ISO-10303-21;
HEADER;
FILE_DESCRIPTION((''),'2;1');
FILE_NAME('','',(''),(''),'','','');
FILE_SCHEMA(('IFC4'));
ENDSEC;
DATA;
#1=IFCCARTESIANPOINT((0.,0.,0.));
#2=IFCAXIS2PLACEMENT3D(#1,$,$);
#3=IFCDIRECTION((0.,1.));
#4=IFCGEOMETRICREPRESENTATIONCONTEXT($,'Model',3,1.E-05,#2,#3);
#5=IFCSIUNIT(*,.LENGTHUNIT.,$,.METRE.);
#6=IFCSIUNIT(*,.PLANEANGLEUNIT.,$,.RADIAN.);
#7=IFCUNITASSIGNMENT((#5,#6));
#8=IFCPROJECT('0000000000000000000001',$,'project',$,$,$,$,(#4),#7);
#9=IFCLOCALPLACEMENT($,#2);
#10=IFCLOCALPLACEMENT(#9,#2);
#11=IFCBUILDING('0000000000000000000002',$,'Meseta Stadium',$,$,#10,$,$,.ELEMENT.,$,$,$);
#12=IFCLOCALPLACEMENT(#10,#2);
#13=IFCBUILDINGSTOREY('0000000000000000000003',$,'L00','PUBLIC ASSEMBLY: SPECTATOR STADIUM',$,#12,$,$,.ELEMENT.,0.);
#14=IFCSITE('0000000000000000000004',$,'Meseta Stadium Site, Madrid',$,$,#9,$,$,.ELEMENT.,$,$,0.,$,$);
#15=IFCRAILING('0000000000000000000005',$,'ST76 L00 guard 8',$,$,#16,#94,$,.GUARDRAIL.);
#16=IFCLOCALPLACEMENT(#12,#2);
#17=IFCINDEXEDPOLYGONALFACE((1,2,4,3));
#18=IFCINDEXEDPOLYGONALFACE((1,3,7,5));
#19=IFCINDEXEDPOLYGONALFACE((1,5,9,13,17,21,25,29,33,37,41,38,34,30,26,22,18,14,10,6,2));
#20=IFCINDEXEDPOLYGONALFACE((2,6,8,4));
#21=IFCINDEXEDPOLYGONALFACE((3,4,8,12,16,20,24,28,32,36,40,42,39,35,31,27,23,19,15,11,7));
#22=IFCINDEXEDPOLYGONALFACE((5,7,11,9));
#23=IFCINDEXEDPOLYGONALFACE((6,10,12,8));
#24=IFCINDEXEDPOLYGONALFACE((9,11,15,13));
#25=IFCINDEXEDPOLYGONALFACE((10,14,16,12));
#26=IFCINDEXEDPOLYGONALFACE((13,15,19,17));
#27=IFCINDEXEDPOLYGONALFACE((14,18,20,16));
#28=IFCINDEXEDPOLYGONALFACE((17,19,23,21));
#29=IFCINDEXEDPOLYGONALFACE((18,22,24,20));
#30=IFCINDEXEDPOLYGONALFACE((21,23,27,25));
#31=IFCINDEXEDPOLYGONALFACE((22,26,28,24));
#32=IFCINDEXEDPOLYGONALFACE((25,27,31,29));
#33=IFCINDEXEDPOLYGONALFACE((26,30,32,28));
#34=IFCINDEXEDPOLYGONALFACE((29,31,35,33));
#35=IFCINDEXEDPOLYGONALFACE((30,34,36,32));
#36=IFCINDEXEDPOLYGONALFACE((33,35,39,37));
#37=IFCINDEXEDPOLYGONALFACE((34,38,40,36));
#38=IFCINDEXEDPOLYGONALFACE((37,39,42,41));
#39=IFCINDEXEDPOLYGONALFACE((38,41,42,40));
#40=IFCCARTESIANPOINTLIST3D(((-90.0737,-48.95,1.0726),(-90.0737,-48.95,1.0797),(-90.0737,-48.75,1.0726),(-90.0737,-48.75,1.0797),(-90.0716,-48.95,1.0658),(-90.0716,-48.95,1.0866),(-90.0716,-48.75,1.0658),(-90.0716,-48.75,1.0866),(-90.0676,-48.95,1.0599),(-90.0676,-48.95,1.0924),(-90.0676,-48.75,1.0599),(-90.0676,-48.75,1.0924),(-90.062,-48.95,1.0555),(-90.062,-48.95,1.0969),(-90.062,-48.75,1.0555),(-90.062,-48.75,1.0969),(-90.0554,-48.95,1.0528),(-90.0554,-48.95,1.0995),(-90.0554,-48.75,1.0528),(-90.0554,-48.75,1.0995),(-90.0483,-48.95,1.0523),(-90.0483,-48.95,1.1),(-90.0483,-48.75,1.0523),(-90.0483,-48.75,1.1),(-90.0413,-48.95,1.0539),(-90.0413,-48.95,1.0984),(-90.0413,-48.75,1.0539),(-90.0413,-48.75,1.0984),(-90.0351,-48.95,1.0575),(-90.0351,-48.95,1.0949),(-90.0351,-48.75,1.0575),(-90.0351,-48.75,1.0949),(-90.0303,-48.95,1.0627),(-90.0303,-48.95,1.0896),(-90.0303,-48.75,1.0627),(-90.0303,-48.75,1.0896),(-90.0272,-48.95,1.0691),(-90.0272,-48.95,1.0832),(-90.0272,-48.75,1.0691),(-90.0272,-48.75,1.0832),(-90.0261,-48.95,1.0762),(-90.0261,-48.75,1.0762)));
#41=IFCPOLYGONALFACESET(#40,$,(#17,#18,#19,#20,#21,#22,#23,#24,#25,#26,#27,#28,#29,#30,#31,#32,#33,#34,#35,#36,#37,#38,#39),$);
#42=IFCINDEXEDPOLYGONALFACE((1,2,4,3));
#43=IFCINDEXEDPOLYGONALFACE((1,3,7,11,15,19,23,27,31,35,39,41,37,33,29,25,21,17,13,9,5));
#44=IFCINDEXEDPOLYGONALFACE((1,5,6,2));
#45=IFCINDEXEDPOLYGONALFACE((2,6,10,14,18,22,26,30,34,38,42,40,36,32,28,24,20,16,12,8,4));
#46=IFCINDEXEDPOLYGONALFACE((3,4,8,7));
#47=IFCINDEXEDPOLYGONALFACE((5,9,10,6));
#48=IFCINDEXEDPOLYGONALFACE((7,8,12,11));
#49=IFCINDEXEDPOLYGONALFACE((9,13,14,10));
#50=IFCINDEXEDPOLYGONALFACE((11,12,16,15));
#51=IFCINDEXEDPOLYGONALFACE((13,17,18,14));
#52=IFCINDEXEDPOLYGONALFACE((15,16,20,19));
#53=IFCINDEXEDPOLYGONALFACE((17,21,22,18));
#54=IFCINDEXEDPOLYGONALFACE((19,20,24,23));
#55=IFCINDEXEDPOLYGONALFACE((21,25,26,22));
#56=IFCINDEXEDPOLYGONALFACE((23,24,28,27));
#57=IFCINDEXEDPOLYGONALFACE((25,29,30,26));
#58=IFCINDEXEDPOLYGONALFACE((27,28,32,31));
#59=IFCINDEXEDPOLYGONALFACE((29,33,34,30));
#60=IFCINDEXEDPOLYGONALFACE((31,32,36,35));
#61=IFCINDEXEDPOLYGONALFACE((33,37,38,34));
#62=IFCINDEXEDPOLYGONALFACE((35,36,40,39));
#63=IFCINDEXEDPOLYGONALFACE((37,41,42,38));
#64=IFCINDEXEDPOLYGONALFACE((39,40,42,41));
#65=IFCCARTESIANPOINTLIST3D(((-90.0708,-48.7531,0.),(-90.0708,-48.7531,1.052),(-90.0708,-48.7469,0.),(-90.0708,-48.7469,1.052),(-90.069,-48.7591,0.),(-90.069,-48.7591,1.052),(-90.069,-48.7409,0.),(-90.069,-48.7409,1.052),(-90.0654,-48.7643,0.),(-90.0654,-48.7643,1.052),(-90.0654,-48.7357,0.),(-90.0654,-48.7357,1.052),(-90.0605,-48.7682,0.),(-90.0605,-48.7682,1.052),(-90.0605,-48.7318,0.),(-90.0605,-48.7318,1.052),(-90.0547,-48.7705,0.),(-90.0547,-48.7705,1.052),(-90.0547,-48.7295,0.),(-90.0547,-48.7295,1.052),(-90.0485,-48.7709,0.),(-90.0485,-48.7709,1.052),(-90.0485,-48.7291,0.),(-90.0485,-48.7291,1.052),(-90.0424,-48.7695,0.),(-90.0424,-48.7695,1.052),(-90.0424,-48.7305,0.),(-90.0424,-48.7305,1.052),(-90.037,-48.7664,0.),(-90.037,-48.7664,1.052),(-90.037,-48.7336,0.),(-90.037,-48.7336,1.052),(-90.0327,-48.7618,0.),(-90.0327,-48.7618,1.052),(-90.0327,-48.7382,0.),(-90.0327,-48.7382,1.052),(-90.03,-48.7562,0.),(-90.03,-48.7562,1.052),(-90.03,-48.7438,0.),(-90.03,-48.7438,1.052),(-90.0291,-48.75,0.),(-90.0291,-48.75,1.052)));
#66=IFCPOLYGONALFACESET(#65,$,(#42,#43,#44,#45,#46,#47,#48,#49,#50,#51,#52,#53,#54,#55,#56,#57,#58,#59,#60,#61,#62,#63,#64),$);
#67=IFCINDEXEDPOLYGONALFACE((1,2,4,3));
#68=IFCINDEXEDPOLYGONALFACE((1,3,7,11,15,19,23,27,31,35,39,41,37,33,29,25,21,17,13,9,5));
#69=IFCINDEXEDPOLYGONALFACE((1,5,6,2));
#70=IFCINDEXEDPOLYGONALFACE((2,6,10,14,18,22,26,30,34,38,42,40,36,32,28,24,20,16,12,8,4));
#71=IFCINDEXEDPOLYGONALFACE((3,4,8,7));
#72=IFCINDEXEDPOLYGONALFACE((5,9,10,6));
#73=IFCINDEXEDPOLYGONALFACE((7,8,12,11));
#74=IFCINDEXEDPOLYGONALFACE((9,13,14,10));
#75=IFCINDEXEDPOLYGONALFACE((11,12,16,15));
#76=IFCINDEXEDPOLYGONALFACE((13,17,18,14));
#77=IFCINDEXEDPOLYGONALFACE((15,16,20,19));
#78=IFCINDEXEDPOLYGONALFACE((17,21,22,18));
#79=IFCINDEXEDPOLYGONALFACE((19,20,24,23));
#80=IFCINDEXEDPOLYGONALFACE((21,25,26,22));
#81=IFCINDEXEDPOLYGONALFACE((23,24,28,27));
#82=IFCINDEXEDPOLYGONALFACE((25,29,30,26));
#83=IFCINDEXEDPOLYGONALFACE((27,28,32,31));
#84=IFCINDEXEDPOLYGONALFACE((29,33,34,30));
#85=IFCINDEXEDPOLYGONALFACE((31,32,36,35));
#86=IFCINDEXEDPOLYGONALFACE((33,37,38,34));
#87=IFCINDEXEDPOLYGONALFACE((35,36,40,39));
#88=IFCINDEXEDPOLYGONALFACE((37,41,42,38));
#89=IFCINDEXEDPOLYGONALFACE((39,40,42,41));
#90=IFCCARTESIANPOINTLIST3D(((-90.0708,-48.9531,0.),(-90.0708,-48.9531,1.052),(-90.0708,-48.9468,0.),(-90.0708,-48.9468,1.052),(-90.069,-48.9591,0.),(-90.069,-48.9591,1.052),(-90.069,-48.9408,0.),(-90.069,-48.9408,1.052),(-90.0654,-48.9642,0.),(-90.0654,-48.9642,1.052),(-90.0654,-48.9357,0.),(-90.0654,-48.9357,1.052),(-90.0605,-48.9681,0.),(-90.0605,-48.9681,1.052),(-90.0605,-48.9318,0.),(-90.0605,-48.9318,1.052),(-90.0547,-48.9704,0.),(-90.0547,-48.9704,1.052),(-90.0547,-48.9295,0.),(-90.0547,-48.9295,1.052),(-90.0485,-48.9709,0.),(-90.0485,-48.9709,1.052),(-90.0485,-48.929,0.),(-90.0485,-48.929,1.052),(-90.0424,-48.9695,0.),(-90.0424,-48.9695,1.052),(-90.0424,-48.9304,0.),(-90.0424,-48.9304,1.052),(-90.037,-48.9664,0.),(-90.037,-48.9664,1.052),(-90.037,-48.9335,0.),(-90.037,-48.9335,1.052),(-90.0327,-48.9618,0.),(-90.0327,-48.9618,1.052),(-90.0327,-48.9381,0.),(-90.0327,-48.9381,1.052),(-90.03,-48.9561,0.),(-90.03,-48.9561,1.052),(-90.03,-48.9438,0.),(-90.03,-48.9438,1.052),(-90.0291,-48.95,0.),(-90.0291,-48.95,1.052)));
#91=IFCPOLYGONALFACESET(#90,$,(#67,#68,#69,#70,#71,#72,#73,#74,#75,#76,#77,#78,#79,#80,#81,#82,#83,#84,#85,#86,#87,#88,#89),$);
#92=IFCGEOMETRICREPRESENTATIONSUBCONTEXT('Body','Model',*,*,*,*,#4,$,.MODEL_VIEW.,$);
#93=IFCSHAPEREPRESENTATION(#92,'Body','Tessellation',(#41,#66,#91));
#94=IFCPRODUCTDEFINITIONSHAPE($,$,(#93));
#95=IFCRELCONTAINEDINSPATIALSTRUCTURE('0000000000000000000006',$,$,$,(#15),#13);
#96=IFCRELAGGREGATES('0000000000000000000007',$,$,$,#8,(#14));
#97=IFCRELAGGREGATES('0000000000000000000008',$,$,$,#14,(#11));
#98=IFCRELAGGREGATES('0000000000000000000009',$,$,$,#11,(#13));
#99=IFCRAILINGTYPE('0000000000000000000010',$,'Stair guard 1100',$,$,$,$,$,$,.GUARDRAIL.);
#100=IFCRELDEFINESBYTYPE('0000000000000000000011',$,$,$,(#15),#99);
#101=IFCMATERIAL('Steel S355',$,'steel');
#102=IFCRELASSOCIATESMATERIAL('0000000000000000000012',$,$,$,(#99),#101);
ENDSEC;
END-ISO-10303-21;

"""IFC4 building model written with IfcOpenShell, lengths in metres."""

from ifc_helpers import new_model, si_unit, direction, frame, origin, origin_2d, place, context, subcontext, project, spatial, circle, extrude, material, type_object, element, save


model = new_model("IFC4")

# Units and contexts
model_context = context("Model", 3, precision=1e-05, world=origin(), true_north=direction((0.0, 1.0)))
body_context = subcontext(model_context, "Body", "Model", "MODEL_VIEW")
ifc_project = project(units=[si_unit("LENGTHUNIT", "METRE"), si_unit("PLANEANGLEUNIT", "RADIAN")], contexts=[model_context])

# Site, building, storey
site_placement = place(None, origin())
site = spatial("IfcSite", under=ifc_project, at=site_placement, Name="Meseta Stadium Site, Madrid", CompositionType="ELEMENT", RefElevation=0.0)
building_placement = place(site_placement, origin())
building = spatial("IfcBuilding", under=site, at=building_placement, Name="Meseta Stadium", CompositionType="ELEMENT")
storey_placement = place(building_placement, origin())
storey = spatial("IfcBuildingStorey", under=building, at=storey_placement, Name="L00", Description="PUBLIC ASSEMBLY: SPECTATOR STADIUM", CompositionType="ELEMENT", Elevation=0.0)

# Railing
ifc_material_1 = material(Name="Steel S355", Category="steel")
railing_type_1 = type_object("IfcRailingType", Name="Stair guard 1100", PredefinedType="GUARDRAIL", material=ifc_material_1)
for number, where, name in (
    (1, (-90.05, -48.75, 0.0), "ST76 L00 guard 8"),
):
    element("IfcRailing", number, at=place(storey_placement, frame(where)), inside=storey, type_object=railing_type_1, Name=name, PredefinedType="GUARDRAIL", context=body_context, shape_type="SweptSolid", body=[
        extrude(circle(Radius=0.0239, at=origin_2d()), frame((0.0, 0.0, 1.0762), z_axis=(0.0, -1.0, 0.0), x_axis=(1.0, 0.0, 0.0)), (0.0, 0.0, 1.0), 0.2),
        extrude(circle(Radius=0.021, at=origin_2d()), origin(), (0.0, 0.0, 1.0), 1.052),
        extrude(circle(Radius=0.021, at=origin_2d()), frame((0.0, -0.2, 0.0)), (0.0, 0.0, 1.0), 1.052),
    ])

save(model, "model.ifc")
